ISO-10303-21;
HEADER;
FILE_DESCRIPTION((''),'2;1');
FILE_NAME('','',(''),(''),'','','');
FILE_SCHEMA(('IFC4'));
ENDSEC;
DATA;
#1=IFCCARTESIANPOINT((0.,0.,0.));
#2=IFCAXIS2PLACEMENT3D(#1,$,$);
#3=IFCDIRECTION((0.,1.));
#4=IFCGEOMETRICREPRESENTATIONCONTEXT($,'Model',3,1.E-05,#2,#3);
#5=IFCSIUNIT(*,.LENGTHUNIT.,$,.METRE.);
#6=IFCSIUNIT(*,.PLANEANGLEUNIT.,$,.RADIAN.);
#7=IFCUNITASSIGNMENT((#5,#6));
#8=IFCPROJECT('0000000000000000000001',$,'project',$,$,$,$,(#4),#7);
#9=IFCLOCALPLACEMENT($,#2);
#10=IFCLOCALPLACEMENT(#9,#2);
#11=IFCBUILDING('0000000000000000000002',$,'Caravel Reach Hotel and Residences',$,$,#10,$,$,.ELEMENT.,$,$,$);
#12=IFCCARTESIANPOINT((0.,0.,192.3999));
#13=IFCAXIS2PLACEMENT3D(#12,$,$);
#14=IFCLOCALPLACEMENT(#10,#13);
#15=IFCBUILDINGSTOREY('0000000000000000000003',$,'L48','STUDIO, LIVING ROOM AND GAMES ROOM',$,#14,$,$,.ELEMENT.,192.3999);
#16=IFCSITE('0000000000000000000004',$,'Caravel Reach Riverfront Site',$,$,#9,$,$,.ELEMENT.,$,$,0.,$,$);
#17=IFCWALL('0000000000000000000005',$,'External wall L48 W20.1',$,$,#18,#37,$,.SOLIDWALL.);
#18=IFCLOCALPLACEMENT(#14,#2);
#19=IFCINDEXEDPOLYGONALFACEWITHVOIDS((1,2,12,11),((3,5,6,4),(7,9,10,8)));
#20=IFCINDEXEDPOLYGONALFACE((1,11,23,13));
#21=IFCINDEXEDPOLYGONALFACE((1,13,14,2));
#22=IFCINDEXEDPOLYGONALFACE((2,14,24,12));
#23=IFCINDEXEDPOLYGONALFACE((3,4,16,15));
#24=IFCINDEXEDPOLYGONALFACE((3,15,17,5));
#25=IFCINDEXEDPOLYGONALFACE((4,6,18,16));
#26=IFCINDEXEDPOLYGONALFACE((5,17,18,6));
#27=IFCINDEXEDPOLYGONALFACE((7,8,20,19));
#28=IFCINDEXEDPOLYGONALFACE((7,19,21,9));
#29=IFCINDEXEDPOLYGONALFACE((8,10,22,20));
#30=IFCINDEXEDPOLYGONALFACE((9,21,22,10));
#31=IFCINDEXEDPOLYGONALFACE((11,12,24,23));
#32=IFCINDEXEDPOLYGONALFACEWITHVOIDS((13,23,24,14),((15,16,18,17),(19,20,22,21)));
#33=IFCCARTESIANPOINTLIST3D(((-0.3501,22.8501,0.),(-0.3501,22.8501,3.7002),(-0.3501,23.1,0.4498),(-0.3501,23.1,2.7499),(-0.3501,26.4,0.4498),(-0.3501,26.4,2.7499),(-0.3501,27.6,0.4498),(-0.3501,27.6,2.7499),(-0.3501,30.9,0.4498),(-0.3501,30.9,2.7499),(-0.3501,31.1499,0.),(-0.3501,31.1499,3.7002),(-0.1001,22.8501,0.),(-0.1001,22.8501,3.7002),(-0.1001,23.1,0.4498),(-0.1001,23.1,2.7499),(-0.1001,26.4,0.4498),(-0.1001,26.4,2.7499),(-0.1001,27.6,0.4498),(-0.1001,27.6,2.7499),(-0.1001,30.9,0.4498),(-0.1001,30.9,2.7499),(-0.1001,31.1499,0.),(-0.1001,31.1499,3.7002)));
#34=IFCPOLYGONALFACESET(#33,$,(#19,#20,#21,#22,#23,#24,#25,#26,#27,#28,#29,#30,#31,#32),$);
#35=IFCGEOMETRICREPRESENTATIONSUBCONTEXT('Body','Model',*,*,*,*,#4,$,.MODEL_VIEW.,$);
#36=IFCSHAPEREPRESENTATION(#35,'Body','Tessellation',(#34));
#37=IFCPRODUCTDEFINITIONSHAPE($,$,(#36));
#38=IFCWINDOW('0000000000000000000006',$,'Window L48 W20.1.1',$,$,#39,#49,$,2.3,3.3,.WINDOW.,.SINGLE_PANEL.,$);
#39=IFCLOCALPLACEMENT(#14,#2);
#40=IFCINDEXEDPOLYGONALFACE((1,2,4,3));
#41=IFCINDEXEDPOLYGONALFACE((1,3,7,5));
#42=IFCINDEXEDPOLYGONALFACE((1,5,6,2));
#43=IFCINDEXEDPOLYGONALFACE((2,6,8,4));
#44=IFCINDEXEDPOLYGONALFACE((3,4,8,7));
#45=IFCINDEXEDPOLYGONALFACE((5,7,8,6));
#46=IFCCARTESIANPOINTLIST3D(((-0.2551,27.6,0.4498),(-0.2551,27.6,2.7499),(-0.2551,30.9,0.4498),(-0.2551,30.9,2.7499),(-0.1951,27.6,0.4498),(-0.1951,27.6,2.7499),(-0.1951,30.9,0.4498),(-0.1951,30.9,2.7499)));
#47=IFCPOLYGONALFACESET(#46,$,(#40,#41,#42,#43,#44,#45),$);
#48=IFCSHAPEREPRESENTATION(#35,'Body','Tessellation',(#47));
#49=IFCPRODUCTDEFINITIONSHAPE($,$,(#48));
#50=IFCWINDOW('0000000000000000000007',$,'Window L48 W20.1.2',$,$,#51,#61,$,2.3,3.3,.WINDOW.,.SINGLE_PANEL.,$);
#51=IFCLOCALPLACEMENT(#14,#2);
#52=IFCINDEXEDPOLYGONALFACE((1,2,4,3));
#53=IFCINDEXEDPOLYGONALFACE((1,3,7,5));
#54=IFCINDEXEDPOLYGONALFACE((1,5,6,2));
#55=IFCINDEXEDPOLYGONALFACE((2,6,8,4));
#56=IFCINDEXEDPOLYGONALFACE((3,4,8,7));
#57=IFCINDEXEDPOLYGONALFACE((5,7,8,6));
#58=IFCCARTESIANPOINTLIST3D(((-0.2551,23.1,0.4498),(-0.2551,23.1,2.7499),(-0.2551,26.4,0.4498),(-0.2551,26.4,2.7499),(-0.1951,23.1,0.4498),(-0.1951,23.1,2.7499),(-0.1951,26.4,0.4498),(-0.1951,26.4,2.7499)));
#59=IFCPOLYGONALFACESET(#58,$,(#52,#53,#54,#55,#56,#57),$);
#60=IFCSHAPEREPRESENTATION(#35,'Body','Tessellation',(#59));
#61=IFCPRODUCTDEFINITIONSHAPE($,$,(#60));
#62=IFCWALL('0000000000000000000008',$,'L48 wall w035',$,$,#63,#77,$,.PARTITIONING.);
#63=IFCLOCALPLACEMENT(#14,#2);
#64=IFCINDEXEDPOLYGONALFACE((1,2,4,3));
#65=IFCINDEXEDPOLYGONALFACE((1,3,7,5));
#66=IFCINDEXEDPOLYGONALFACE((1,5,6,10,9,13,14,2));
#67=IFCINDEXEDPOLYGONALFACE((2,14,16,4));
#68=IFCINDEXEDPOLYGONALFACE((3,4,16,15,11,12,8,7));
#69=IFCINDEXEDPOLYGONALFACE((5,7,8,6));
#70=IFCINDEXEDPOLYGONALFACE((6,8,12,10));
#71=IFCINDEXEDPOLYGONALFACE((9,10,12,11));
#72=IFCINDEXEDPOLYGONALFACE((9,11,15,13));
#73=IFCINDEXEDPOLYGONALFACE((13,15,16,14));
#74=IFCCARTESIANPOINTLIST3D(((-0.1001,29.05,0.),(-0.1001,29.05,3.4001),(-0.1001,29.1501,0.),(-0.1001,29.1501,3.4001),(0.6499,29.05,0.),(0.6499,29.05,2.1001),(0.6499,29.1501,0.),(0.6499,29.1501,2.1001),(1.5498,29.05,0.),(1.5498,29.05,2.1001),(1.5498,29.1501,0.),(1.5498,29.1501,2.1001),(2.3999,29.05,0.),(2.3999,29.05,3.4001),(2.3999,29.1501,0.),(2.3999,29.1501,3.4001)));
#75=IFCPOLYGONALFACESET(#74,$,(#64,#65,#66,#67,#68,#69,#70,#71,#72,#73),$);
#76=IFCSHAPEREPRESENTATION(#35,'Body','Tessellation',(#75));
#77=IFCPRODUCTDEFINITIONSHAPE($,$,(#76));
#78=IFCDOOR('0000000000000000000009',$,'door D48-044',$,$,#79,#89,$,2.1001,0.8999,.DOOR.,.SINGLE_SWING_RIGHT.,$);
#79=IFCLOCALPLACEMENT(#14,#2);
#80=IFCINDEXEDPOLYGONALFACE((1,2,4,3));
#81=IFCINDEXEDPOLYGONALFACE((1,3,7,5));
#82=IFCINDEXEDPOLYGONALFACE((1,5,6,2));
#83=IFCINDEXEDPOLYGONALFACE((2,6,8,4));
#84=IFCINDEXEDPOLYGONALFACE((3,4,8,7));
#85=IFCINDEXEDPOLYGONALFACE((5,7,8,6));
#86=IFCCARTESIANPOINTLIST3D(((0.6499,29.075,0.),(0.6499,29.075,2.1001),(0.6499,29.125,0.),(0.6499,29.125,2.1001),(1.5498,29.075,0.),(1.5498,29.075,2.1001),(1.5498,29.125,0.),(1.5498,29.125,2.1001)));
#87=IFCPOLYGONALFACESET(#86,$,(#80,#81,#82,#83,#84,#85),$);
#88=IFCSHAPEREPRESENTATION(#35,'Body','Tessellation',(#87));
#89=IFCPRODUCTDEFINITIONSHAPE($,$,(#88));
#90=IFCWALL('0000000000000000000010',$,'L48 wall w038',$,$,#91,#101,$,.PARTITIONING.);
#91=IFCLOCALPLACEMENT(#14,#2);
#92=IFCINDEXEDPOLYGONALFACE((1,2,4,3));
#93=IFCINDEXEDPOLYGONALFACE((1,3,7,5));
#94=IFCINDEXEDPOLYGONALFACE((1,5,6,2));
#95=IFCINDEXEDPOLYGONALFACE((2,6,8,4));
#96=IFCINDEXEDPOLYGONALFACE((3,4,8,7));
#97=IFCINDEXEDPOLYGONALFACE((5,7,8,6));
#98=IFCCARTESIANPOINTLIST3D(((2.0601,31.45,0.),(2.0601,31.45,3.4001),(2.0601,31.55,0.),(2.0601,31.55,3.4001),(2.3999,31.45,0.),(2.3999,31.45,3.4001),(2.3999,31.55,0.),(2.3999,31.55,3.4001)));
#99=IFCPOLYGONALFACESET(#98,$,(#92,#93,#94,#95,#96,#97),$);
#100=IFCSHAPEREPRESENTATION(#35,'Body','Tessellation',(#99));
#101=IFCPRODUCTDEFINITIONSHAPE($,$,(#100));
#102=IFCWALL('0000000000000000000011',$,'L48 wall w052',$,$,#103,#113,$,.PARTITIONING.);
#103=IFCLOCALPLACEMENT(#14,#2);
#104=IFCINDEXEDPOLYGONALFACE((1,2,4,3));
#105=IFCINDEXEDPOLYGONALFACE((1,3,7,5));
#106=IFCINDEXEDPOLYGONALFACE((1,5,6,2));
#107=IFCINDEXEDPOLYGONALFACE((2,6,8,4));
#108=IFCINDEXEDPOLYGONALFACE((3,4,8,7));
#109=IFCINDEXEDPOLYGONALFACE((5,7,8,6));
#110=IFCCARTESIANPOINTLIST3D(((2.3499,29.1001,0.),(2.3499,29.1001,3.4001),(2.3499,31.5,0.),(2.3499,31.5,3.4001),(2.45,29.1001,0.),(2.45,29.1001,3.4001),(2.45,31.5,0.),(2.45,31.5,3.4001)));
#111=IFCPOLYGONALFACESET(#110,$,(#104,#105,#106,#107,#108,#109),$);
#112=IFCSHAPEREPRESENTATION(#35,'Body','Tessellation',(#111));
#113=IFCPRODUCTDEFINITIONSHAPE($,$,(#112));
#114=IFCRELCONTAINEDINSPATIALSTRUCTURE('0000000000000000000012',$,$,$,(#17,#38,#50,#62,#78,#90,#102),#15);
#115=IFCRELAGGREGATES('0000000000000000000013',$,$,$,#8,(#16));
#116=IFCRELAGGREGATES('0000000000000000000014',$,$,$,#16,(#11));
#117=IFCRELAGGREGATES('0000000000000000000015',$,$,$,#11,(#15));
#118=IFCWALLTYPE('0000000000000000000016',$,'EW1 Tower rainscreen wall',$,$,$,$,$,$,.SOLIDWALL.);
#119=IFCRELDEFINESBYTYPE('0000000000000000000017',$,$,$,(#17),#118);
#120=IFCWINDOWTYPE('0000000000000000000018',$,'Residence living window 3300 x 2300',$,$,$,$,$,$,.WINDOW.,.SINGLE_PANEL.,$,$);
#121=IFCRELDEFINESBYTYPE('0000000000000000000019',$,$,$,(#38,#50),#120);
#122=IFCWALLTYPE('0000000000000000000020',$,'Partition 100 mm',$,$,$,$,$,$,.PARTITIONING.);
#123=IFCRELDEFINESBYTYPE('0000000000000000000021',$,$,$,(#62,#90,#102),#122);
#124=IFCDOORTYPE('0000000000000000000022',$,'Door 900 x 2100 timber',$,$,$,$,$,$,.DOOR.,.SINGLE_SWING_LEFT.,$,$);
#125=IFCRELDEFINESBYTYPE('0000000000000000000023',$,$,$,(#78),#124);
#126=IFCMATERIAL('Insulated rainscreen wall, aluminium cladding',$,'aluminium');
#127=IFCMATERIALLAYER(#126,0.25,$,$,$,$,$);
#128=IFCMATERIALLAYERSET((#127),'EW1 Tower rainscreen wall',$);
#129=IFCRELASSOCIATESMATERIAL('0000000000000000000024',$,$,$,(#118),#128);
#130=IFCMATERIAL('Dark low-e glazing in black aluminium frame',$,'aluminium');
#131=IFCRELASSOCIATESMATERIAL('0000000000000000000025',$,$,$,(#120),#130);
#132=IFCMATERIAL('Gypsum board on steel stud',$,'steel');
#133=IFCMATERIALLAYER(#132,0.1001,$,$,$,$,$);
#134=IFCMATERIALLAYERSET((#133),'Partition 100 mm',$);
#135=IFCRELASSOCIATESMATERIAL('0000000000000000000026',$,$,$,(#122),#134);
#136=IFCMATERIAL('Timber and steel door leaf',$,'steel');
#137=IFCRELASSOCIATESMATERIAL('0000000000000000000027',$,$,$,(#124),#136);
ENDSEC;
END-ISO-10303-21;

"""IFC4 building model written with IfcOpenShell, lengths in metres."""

from ifc_helpers import new_model, si_unit, direction, frame, frame_2d, origin, place, context, subcontext, project, spatial, rectangle, extrude, material, layer, layer_set, type_object, element, fill, save


model = new_model("IFC4")

# Units and contexts
model_context = context("Model", 3, precision=1e-05, world=origin(), true_north=direction((0.0, 1.0)))
body_context = subcontext(model_context, "Body", "Model", "MODEL_VIEW")
ifc_project = project(units=[si_unit("LENGTHUNIT", "METRE"), si_unit("PLANEANGLEUNIT", "RADIAN")], contexts=[model_context])

# Site, building, storey
site_placement = place(None, origin())
site = spatial("IfcSite", under=ifc_project, at=site_placement, Name="Caravel Reach Riverfront Site", CompositionType="ELEMENT", RefElevation=0.0)
building_placement = place(site_placement, origin())
building = spatial("IfcBuilding", under=site, at=building_placement, Name="Caravel Reach Hotel and Residences", CompositionType="ELEMENT")
storey_placement = place(building_placement, frame((0.0, 0.0, 192.3999)))
storey = spatial("IfcBuildingStorey", under=building, at=storey_placement, Name="L48", Description="STUDIO, LIVING ROOM AND GAMES ROOM", CompositionType="ELEMENT", Elevation=192.3999)

# Shared definitions
ifc_material_1 = material(Name="Insulated rainscreen wall, aluminium cladding", Category="aluminium")
ifc_layer_1 = layer(ifc_material_1, 0.25)
ifc_layer_set_1 = layer_set([ifc_layer_1], Name="EW1 Tower rainscreen wall")
wall_type_1 = type_object("IfcWallType", Name="EW1 Tower rainscreen wall", PredefinedType="SOLIDWALL", material=ifc_layer_set_1)

# Wall, openings, windows
wall_1_placement = place(storey_placement, frame((-0.2251, 31.1499, 0.0), z_axis=(0.0, 0.0, 1.0), x_axis=(0.0, -1.0, 0.0)))
wall_1 = element("IfcWall", 1, at=wall_1_placement, inside=storey, type_object=wall_type_1, Name="External wall L48 W20.1", PredefinedType="SOLIDWALL", context=body_context, shape_type="SweptSolid", body=[
    extrude(rectangle(XDim=8.2998, YDim=0.25, at=frame_2d((4.1499, 0.0))), origin(), (0.0, 0.0, 1.0), 3.7002),
])
opening_1_placement = place(wall_1_placement, frame((0.25, 0.0, 0.45)))
opening_1 = element("IfcOpeningElement", 2, at=opening_1_placement, cuts=wall_1, PredefinedType="OPENING", context=body_context, shape_type="SweptSolid", body=[
    extrude(rectangle(XDim=3.3, YDim=2.3, at=frame_2d((1.6499, 1.1499))), frame((0.0, 0.135, 0.0), z_axis=(0.0, -1.0, 0.0), x_axis=(1.0, 0.0, 0.0)), (0.0, 0.0, 1.0), 0.27),
])
opening_2_placement = place(wall_1_placement, frame((4.75, 0.0, 0.45)))
opening_2 = element("IfcOpeningElement", 3, at=opening_2_placement, cuts=wall_1, PredefinedType="OPENING", context=body_context, shape_type="SweptSolid", body=[
    extrude(rectangle(XDim=3.3, YDim=2.3, at=frame_2d((1.6499, 1.1499))), frame((0.0, 0.135, 0.0), z_axis=(0.0, -1.0, 0.0), x_axis=(1.0, 0.0, 0.0)), (0.0, 0.0, 1.0), 0.27),
])
ifc_material_2 = material(Name="Dark low-e glazing in black aluminium frame", Category="aluminium")
window_type_1 = type_object("IfcWindowType", Name="Residence living window 3300 x 2300", PartitioningType="SINGLE_PANEL", PredefinedType="WINDOW", material=ifc_material_2)
window_1_placement = place(opening_1_placement, origin())
window_1 = element("IfcWindow", 4, at=window_1_placement, inside=storey, type_object=window_type_1, Name="Window L48 W20.1.1", OverallHeight=2.3, OverallWidth=3.3, PartitioningType="SINGLE_PANEL", PredefinedType="WINDOW", context=body_context, shape_type="SweptSolid", body=[
    extrude(rectangle(XDim=3.3, YDim=2.3, at=frame_2d((1.6499, 1.1499))), frame((0.0, 0.03, 0.0), z_axis=(0.0, -1.0, 0.0), x_axis=(1.0, 0.0, 0.0)), (0.0, 0.0, 1.0), 0.0601),
])
fill(opening_1, window_1)
window_2_placement = place(opening_2_placement, origin())
window_2 = element("IfcWindow", 5, at=window_2_placement, inside=storey, type_object=window_type_1, Name="Window L48 W20.1.2", OverallHeight=2.3, OverallWidth=3.3, PartitioningType="SINGLE_PANEL", PredefinedType="WINDOW", context=body_context, shape_type="SweptSolid", body=[
    extrude(rectangle(XDim=3.3, YDim=2.3, at=frame_2d((1.6499, 1.1499))), frame((0.0, 0.03, 0.0), z_axis=(0.0, -1.0, 0.0), x_axis=(1.0, 0.0, 0.0)), (0.0, 0.0, 1.0), 0.0601),
])
fill(opening_2, window_2)

# Wall, opening, door
ifc_material_3 = material(Name="Gypsum board on steel stud", Category="steel")
ifc_layer_2 = layer(ifc_material_3, 0.1001)
ifc_layer_set_2 = layer_set([ifc_layer_2], Name="Partition 100 mm")
wall_type_2 = type_object("IfcWallType", Name="Partition 100 mm", PredefinedType="PARTITIONING", material=ifc_layer_set_2)
wall_2_placement = place(storey_placement, frame((-0.1001, 29.1001, 0.0), z_axis=(0.0, 0.0, 1.0), x_axis=(1.0, 0.0, 0.0)))
wall_2 = element("IfcWall", 6, at=wall_2_placement, inside=storey, type_object=wall_type_2, Name="L48 wall w035", PredefinedType="PARTITIONING", context=body_context, shape_type="SweptSolid", body=[
    extrude(rectangle(XDim=2.5, YDim=0.1001, at=frame_2d((1.25, 0.0))), origin(), (0.0, 0.0, 1.0), 3.4001),
])
opening_3_placement = place(wall_2_placement, frame((0.75, 0.0, 0.0)))
opening_3 = element("IfcOpeningElement", 7, at=opening_3_placement, cuts=wall_2, PredefinedType="OPENING", context=body_context, shape_type="SweptSolid", body=[
    extrude(rectangle(XDim=0.8999, YDim=2.1001, at=frame_2d((0.45, 1.05))), frame((0.0, 0.0601, 0.0), z_axis=(0.0, -1.0, 0.0), x_axis=(1.0, 0.0, 0.0)), (0.0, 0.0, 1.0), 0.1201),
])
ifc_material_4 = material(Name="Timber and steel door leaf", Category="steel")
door_type_1 = type_object("IfcDoorType", Name="Door 900 x 2100 timber", OperationType="SINGLE_SWING_LEFT", PredefinedType="DOOR", material=ifc_material_4)
door_1_placement = place(opening_3_placement, origin())
door_1 = element("IfcDoor", 8, at=door_1_placement, inside=storey, type_object=door_type_1, Name="door D48-044", OperationType="SINGLE_SWING_RIGHT", OverallHeight=2.1001, OverallWidth=0.8999, PredefinedType="DOOR", context=body_context, shape_type="SweptSolid", body=[
    extrude(rectangle(XDim=0.8999, YDim=2.1001, at=frame_2d((0.45, 1.05))), frame((0.0, 0.0249, 0.0), z_axis=(0.0, -1.0, 0.0), x_axis=(1.0, 0.0, 0.0)), (0.0, 0.0, 1.0), 0.05),
])
fill(opening_3, door_1)

# Walls
wall_3_placement = place(storey_placement, frame((2.0601, 31.5, 0.0), z_axis=(0.0, 0.0, 1.0), x_axis=(1.0, 0.0, 0.0)))
element("IfcWall", 9, at=wall_3_placement, inside=storey, type_object=wall_type_2, Name="L48 wall w038", PredefinedType="PARTITIONING", context=body_context, shape_type="SweptSolid", body=[
    extrude(rectangle(XDim=0.3398, YDim=0.1001, at=frame_2d((0.1699, 0.0))), origin(), (0.0, 0.0, 1.0), 3.4001),
])
wall_4_placement = place(storey_placement, frame((2.3999, 29.1001, 0.0), z_axis=(0.0, 0.0, 1.0), x_axis=(0.0, 1.0, 0.0)))
element("IfcWall", 10, at=wall_4_placement, inside=storey, type_object=wall_type_2, Name="L48 wall w052", PredefinedType="PARTITIONING", context=body_context, shape_type="SweptSolid", body=[
    extrude(rectangle(XDim=2.3999, YDim=0.1001, at=frame_2d((1.2, 0.0))), origin(), (0.0, 0.0, 1.0), 3.4001),
])

save(model, "model.ifc")
